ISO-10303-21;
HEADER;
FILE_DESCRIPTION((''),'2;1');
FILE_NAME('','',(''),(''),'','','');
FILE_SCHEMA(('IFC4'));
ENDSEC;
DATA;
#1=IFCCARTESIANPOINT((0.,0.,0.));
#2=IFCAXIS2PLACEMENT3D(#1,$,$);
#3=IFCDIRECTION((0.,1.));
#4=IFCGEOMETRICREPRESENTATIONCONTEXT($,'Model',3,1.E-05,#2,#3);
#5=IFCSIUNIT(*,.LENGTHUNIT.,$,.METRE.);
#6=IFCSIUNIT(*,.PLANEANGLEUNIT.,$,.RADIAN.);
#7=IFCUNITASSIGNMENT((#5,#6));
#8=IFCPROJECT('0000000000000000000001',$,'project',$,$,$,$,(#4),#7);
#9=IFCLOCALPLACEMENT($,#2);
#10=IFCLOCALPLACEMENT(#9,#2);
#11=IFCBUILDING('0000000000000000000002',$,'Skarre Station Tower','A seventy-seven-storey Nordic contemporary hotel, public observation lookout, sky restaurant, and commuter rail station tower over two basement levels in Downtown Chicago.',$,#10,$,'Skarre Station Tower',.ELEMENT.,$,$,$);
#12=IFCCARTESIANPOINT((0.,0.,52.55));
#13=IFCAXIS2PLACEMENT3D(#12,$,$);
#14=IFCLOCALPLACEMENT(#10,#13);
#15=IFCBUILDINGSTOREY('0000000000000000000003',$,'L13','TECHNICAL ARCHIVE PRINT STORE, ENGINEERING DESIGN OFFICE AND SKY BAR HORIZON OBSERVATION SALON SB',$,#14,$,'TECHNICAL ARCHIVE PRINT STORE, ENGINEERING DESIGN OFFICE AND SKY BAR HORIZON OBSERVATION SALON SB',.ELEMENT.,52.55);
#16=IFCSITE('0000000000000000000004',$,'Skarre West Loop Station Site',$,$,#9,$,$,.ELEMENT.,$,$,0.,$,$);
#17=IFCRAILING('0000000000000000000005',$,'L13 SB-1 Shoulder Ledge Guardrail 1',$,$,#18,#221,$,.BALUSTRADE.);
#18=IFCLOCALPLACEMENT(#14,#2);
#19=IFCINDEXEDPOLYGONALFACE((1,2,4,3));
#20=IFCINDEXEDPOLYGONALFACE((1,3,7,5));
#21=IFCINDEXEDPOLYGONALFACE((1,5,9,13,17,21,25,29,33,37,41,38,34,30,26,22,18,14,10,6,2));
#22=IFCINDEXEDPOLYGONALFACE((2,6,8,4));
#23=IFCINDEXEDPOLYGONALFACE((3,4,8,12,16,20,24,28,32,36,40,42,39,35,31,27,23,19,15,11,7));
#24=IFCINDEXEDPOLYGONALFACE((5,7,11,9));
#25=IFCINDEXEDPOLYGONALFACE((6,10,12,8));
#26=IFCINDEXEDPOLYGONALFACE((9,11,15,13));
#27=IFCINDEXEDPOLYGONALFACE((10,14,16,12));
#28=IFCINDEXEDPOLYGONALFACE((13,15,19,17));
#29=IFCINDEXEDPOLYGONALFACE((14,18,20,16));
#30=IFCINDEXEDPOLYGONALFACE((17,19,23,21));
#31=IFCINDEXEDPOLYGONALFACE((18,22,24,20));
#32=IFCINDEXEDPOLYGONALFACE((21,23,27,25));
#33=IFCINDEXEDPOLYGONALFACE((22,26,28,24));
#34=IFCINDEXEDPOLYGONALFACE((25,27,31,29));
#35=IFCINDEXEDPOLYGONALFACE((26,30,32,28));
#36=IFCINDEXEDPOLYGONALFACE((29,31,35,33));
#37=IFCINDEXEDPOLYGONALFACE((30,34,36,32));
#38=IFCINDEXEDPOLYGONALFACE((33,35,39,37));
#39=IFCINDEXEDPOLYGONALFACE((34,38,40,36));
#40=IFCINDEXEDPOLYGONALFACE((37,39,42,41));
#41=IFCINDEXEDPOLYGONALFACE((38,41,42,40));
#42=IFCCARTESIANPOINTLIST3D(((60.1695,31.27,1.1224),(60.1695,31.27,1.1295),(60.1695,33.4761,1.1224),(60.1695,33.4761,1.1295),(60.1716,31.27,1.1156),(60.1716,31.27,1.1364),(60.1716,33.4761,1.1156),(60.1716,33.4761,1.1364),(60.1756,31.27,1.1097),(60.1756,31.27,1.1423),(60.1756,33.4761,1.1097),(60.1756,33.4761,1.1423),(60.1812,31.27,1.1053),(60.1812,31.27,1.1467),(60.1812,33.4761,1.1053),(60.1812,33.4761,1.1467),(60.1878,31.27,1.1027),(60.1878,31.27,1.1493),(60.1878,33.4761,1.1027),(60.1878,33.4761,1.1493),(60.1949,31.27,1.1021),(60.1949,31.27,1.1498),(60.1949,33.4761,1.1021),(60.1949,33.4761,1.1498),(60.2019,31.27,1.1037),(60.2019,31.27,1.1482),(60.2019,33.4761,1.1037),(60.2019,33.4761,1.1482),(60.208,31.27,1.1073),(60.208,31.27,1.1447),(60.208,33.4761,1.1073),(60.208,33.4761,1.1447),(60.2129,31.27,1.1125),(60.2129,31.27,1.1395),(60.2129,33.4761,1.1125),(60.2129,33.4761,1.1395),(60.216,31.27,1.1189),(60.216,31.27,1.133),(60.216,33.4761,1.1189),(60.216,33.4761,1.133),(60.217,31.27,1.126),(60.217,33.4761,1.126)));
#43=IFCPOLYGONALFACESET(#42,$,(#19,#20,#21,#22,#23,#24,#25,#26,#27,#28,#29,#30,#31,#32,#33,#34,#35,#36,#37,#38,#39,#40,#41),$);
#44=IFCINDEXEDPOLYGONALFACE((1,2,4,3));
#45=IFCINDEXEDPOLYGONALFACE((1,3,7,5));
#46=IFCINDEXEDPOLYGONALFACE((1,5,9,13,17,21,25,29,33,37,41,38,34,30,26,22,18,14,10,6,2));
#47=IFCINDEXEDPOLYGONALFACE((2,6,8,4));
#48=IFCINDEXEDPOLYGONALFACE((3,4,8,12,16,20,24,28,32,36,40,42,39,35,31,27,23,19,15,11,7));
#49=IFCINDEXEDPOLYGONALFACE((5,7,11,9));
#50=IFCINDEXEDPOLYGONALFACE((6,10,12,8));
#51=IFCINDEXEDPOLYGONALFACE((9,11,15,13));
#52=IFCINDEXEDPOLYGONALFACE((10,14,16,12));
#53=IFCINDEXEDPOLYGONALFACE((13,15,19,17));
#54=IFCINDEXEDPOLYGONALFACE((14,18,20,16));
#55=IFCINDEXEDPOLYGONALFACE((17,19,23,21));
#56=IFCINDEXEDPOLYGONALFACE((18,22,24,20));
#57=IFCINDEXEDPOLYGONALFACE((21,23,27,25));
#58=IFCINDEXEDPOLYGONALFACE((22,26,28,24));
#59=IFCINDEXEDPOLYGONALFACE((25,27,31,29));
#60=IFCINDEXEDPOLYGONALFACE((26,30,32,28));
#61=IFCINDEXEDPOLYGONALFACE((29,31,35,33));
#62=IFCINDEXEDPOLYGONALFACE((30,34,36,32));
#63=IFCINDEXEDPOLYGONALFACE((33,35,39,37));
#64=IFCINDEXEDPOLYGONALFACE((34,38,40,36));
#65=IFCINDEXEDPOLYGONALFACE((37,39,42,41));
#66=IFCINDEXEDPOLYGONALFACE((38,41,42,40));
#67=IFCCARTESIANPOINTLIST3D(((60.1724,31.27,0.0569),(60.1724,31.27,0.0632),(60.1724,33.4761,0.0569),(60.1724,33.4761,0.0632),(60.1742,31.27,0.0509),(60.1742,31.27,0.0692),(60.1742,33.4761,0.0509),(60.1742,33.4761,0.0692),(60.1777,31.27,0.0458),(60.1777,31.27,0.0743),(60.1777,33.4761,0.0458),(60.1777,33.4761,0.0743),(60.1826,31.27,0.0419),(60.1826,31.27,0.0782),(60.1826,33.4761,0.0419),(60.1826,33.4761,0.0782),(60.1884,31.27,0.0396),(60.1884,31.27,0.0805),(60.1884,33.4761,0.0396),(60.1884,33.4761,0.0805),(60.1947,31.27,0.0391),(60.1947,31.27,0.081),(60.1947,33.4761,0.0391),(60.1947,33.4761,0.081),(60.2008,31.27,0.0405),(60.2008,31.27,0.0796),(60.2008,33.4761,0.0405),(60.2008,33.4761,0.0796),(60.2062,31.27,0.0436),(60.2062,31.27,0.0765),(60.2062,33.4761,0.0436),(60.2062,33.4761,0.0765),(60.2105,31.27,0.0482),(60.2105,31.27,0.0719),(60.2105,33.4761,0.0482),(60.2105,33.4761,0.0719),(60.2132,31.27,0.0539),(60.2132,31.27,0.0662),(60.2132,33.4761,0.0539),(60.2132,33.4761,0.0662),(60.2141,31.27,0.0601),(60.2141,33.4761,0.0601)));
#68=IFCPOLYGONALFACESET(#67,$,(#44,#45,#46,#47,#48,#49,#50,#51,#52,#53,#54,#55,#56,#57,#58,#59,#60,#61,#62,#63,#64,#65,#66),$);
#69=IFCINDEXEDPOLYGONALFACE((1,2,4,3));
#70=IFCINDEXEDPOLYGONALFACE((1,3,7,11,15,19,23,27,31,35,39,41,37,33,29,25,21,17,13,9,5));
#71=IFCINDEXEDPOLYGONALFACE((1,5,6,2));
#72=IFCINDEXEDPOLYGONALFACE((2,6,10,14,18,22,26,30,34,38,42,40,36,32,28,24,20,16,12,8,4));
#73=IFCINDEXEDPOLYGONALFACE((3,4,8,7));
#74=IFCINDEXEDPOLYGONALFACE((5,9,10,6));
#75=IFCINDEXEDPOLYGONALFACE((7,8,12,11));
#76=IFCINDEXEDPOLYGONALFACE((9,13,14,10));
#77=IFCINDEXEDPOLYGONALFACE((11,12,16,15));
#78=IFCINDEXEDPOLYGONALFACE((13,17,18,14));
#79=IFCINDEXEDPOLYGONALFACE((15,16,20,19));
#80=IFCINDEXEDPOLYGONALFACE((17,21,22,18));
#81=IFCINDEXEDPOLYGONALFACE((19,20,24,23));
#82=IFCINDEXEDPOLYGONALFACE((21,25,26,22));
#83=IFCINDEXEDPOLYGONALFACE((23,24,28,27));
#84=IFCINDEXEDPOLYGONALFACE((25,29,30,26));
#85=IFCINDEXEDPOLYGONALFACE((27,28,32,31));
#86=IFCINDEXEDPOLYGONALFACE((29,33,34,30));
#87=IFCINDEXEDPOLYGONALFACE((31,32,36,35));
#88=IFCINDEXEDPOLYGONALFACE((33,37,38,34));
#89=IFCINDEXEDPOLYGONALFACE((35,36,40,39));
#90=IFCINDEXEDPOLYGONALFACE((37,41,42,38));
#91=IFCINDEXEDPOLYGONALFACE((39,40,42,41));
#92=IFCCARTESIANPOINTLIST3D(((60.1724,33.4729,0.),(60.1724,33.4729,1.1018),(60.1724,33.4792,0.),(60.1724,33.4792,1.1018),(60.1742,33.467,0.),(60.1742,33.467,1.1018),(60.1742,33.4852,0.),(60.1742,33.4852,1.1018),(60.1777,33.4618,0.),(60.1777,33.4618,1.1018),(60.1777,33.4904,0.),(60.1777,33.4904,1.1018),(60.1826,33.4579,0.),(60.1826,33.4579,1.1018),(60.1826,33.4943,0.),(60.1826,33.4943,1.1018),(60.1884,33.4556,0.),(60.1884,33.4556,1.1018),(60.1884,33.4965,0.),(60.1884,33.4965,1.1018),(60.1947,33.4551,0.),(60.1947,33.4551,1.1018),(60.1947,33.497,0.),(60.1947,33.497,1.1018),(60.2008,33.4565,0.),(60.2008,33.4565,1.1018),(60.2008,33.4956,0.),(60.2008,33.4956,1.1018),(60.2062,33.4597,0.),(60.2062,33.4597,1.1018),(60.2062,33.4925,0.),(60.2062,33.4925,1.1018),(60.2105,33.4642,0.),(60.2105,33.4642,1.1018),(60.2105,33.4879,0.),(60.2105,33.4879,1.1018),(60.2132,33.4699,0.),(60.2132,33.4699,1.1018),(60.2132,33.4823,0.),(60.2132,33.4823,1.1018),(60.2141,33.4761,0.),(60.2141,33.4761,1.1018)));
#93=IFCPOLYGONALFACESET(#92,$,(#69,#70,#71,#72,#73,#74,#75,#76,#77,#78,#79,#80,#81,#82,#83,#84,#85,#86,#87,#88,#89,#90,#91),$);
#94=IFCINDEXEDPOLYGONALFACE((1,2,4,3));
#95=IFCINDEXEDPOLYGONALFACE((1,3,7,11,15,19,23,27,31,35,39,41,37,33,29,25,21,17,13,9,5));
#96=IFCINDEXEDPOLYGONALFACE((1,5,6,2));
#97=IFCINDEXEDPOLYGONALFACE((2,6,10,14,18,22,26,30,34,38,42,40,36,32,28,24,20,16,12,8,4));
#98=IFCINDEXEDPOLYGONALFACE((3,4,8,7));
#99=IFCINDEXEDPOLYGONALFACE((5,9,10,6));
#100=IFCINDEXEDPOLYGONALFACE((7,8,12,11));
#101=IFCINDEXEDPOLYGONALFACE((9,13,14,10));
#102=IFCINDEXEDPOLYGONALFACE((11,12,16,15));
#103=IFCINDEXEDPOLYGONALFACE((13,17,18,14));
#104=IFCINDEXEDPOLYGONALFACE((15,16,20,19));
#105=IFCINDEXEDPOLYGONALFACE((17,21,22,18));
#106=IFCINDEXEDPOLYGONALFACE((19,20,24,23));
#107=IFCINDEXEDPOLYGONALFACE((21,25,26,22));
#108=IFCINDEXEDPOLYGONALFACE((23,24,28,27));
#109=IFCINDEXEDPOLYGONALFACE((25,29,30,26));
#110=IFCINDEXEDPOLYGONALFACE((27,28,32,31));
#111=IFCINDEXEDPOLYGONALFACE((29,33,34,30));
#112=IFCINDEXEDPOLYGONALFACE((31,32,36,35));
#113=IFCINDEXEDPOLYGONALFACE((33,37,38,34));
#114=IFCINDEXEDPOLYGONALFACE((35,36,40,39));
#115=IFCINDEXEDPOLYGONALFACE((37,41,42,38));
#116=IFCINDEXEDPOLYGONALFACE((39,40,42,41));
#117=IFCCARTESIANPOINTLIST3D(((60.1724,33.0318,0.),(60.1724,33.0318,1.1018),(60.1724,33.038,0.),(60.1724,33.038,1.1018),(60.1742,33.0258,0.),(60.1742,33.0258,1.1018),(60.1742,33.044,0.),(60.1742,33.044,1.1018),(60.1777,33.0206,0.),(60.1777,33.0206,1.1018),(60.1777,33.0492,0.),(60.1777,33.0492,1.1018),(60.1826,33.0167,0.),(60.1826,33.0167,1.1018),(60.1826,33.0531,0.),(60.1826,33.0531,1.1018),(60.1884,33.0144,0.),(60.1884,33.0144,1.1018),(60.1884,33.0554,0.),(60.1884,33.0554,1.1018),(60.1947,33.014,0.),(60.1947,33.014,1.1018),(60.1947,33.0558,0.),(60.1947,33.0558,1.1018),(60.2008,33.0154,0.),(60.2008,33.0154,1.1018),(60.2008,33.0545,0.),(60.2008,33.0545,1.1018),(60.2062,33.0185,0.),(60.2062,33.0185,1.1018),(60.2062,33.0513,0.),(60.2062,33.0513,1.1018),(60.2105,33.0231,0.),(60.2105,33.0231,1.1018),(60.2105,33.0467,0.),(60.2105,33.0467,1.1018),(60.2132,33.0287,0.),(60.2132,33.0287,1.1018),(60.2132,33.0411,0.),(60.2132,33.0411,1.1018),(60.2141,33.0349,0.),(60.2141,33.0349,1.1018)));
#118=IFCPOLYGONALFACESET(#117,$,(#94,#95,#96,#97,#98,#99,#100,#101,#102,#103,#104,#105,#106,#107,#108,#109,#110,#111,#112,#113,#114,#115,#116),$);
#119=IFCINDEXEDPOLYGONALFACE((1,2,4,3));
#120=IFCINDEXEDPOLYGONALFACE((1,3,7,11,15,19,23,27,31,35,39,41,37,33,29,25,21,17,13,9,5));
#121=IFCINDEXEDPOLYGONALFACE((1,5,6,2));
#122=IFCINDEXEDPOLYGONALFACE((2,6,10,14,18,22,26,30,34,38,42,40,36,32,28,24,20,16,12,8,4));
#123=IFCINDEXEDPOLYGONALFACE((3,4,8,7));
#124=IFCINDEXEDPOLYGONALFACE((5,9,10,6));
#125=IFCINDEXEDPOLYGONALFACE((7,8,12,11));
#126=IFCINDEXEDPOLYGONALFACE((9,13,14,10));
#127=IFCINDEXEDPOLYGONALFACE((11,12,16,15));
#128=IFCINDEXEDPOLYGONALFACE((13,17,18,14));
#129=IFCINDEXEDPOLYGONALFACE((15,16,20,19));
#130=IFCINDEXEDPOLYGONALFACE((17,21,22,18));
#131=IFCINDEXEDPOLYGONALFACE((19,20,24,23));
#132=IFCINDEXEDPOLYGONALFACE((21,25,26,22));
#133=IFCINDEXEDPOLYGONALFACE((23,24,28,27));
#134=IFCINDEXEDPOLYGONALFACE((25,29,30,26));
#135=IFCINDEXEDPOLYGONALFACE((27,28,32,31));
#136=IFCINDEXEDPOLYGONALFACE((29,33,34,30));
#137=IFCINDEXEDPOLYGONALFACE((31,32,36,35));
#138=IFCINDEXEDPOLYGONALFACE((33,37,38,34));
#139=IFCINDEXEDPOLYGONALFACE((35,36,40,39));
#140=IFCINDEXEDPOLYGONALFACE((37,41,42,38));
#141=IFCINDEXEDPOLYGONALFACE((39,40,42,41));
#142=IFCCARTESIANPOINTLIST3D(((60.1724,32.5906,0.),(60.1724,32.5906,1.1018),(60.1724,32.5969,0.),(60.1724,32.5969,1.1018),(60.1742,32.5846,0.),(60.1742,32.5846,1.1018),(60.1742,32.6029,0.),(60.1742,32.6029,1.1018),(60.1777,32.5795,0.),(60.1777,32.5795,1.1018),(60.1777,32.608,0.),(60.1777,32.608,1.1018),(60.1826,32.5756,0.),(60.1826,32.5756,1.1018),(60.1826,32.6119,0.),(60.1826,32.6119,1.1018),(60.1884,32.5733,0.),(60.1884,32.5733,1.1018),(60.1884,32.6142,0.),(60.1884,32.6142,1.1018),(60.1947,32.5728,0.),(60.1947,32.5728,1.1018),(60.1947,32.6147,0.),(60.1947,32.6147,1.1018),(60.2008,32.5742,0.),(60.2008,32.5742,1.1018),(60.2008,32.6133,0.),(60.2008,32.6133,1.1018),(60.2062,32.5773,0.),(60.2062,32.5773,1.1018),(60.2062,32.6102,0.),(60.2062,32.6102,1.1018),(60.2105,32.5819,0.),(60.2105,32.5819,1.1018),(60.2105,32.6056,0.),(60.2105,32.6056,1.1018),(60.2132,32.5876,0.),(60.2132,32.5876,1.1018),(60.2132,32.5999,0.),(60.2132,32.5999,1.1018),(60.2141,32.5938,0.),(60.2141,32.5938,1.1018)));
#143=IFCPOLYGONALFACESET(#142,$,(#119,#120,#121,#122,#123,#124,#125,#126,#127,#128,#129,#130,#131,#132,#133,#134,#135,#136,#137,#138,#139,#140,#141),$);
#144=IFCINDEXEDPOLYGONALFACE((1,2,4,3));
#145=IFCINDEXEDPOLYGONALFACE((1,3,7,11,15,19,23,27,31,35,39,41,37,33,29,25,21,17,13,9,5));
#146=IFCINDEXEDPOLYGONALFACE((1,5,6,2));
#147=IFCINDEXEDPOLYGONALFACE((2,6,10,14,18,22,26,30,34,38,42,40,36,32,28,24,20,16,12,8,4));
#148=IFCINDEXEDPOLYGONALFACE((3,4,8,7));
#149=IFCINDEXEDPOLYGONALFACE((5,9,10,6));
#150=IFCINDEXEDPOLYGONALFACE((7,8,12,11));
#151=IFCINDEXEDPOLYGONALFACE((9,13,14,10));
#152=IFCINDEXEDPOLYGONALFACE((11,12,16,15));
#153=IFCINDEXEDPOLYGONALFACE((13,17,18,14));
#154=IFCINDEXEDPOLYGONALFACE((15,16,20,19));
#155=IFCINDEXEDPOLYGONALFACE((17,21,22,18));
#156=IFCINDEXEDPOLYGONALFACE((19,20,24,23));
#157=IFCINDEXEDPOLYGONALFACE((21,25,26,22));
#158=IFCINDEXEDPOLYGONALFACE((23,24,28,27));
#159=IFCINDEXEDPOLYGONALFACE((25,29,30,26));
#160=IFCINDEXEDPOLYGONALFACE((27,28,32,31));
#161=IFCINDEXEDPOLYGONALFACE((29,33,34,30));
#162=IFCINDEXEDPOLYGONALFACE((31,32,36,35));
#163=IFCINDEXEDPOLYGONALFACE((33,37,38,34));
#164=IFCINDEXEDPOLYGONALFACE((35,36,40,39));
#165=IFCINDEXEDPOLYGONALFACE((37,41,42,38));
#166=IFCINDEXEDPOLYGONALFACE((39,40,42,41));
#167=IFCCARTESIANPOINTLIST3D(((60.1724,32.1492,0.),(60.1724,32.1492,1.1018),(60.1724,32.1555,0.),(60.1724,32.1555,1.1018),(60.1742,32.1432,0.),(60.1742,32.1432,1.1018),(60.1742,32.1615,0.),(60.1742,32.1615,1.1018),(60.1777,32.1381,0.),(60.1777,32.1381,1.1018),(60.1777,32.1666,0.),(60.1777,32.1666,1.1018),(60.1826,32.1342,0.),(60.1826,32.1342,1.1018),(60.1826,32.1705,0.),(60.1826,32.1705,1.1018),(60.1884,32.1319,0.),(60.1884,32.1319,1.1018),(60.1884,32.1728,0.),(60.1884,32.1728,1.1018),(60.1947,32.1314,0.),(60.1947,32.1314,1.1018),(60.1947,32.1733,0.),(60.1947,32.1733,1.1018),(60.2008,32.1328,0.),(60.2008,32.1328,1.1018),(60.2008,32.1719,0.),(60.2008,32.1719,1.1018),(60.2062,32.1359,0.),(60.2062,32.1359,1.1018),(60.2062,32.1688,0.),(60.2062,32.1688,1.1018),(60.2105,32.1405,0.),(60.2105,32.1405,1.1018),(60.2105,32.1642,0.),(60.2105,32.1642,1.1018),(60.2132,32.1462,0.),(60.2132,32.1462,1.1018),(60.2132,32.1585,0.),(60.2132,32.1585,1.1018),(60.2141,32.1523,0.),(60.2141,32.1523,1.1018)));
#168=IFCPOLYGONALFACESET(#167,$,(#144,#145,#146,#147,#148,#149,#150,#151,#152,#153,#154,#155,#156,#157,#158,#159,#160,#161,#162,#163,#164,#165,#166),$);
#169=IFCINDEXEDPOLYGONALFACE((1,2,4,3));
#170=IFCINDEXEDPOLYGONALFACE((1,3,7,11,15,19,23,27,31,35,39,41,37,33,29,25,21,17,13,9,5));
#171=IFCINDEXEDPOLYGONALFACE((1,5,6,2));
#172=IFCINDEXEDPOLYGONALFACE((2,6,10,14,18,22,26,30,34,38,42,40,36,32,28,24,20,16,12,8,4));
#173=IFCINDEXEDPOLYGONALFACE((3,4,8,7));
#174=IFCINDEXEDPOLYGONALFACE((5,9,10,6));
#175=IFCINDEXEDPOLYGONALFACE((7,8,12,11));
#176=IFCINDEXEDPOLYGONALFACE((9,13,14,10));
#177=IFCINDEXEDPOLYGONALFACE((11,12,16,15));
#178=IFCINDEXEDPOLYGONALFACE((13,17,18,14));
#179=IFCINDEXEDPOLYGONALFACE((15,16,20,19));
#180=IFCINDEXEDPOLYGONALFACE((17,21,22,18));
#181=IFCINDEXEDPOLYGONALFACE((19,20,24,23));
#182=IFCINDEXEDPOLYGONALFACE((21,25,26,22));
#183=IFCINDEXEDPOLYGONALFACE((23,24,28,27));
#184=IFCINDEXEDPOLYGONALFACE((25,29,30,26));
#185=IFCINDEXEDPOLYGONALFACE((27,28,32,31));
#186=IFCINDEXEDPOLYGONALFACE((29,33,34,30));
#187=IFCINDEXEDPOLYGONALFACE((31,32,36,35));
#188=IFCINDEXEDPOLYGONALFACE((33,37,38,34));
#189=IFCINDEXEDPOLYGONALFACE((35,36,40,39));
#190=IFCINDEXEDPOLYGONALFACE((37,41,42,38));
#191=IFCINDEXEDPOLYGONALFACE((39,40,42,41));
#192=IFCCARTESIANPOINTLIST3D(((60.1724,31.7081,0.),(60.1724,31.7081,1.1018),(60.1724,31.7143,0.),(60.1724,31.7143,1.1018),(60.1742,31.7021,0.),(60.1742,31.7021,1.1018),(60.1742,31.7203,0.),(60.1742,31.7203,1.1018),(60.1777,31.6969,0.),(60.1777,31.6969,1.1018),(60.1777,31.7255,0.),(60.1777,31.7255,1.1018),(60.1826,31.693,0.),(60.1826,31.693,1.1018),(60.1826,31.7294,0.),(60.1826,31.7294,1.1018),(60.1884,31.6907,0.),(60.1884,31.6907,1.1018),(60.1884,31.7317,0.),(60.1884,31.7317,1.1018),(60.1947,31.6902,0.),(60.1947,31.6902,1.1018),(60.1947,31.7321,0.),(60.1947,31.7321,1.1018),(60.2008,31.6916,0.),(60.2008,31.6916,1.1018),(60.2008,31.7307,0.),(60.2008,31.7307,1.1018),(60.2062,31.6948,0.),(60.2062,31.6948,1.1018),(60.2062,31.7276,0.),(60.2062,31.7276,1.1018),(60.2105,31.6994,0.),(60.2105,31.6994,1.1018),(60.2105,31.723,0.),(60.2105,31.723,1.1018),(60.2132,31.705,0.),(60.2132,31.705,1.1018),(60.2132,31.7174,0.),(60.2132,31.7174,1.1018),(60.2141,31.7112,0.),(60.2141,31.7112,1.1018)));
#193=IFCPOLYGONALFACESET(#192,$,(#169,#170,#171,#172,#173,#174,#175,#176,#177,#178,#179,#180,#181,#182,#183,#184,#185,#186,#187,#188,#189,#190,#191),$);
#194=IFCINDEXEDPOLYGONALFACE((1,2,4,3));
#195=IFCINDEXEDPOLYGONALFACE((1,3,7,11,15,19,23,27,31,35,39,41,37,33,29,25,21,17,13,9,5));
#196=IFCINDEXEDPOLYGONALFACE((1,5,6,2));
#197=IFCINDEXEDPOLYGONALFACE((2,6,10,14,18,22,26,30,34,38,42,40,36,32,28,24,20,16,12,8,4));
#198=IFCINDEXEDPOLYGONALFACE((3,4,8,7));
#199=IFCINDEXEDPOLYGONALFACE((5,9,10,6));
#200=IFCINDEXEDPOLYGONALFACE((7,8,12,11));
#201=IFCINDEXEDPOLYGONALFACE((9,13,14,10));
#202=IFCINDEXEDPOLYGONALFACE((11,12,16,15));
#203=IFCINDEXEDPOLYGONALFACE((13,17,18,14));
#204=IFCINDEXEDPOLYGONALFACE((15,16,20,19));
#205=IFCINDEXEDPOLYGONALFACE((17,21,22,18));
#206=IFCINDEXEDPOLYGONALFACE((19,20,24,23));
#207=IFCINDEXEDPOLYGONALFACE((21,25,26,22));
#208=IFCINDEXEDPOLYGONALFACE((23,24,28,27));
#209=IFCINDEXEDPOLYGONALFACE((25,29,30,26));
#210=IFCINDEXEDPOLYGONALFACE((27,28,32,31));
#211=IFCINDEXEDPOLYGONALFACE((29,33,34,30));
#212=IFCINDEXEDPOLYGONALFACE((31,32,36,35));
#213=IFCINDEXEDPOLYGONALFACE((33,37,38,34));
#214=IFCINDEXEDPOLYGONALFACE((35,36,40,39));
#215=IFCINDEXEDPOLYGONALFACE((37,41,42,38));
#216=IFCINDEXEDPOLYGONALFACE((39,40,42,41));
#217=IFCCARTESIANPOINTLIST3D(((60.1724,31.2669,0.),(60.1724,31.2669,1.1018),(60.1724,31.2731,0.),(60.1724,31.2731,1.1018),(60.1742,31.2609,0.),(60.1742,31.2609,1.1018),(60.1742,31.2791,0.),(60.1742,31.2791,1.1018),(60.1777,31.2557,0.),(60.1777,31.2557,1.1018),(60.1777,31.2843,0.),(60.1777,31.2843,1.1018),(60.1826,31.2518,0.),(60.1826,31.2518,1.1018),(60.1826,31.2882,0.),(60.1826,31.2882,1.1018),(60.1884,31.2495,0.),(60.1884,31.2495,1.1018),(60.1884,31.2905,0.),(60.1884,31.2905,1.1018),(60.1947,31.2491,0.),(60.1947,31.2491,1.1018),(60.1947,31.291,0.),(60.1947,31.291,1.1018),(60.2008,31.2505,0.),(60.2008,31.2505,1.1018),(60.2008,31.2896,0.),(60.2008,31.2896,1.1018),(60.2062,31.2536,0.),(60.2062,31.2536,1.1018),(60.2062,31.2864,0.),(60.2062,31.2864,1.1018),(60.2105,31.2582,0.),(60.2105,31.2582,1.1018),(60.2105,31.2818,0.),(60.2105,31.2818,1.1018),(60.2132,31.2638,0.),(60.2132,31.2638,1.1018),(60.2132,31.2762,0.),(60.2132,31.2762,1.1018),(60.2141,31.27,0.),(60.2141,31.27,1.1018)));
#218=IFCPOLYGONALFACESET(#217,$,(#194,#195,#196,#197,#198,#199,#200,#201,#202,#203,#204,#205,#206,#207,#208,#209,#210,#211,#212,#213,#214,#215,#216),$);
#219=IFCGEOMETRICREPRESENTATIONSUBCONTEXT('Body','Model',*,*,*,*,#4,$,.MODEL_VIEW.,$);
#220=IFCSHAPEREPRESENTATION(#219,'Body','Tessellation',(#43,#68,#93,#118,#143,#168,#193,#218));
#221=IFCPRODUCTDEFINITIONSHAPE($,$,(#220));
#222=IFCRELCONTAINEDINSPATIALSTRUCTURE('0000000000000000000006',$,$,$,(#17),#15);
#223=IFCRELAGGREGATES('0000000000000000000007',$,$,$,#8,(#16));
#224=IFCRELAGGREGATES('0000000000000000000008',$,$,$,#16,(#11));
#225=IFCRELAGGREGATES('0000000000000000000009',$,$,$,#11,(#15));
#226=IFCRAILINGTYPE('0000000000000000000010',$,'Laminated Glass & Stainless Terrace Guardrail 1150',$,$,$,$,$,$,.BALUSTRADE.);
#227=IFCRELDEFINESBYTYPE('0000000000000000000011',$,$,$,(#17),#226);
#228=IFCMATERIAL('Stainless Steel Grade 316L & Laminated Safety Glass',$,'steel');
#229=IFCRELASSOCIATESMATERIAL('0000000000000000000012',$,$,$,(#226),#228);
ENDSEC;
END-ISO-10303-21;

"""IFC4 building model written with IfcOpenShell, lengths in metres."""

from ifc_helpers import new_model, si_unit, direction, frame, origin, origin_2d, place, context, subcontext, project, spatial, circle, extrude, material, type_object, element, save


model = new_model("IFC4")

# Units and contexts
model_context = context("Model", 3, precision=1e-05, world=origin(), true_north=direction((0.0, 1.0)))
body_context = subcontext(model_context, "Body", "Model", "MODEL_VIEW")
ifc_project = project(units=[si_unit("LENGTHUNIT", "METRE"), si_unit("PLANEANGLEUNIT", "RADIAN")], contexts=[model_context])

# Site, building, storey
site_placement = place(None, origin())
site = spatial("IfcSite", under=ifc_project, at=site_placement, Name="Skarre West Loop Station Site", CompositionType="ELEMENT", RefElevation=0.0)
building_placement = place(site_placement, origin())
building = spatial("IfcBuilding", under=site, at=building_placement, Name="Skarre Station Tower", Description="A seventy-seven-storey Nordic contemporary hotel, public observation lookout, sky restaurant, and commuter rail station tower over two basement levels in Downtown Chicago.", LongName="Skarre Station Tower", CompositionType="ELEMENT")
storey_placement = place(building_placement, frame((0.0, 0.0, 52.55)))
storey = spatial("IfcBuildingStorey", under=building, at=storey_placement, Name="L13", Description="TECHNICAL ARCHIVE PRINT STORE, ENGINEERING DESIGN OFFICE AND SKY BAR HORIZON OBSERVATION SALON SB", LongName="TECHNICAL ARCHIVE PRINT STORE, ENGINEERING DESIGN OFFICE AND SKY BAR HORIZON OBSERVATION SALON SB", CompositionType="ELEMENT", Elevation=52.55)

# Railing
ifc_material_1 = material(Name="Stainless Steel Grade 316L & Laminated Safety Glass", Category="steel")
railing_type = type_object("IfcRailingType", Name="Laminated Glass & Stainless Terrace Guardrail 1150", PredefinedType="BALUSTRADE", material=ifc_material_1)
railing_placement = place(storey_placement, frame((60.1931, 33.4761, 0.0)))
element("IfcRailing", 1, at=railing_placement, inside=storey, type_object=railing_type, Name="L13 SB-1 Shoulder Ledge Guardrail 1", PredefinedType="BALUSTRADE", context=body_context, shape_type="SweptSolid", body=[
    extrude(circle(Radius=0.0239, at=origin_2d()), frame((0.0, 0.0, 1.126), z_axis=(0.0, -1.0, 0.0), x_axis=(1.0, 0.0, 0.0)), (0.0, 0.0, 1.0), 2.2061),
    extrude(circle(Radius=0.021, at=origin_2d()), frame((0.0, 0.0, 0.0601), z_axis=(0.0, -1.0, 0.0), x_axis=(1.0, 0.0, 0.0)), (0.0, 0.0, 1.0), 2.2061),
    extrude(circle(Radius=0.021, at=origin_2d()), origin(), (0.0, 0.0, 1.0), 1.1018),
    extrude(circle(Radius=0.021, at=origin_2d()), frame((0.0, -0.4412, 0.0)), (0.0, 0.0, 1.0), 1.1018),
    extrude(circle(Radius=0.021, at=origin_2d()), frame((0.0, -0.8823, 0.0)), (0.0, 0.0, 1.0), 1.1018),
    extrude(circle(Radius=0.021, at=origin_2d()), frame((0.0, -1.3237, 0.0)), (0.0, 0.0, 1.0), 1.1018),
    extrude(circle(Radius=0.021, at=origin_2d()), frame((0.0, -1.7649, 0.0)), (0.0, 0.0, 1.0), 1.1018),
    extrude(circle(Radius=0.021, at=origin_2d()), frame((0.0, -2.2061, 0.0)), (0.0, 0.0, 1.0), 1.1018),
])

save(model, "model.ifc")
